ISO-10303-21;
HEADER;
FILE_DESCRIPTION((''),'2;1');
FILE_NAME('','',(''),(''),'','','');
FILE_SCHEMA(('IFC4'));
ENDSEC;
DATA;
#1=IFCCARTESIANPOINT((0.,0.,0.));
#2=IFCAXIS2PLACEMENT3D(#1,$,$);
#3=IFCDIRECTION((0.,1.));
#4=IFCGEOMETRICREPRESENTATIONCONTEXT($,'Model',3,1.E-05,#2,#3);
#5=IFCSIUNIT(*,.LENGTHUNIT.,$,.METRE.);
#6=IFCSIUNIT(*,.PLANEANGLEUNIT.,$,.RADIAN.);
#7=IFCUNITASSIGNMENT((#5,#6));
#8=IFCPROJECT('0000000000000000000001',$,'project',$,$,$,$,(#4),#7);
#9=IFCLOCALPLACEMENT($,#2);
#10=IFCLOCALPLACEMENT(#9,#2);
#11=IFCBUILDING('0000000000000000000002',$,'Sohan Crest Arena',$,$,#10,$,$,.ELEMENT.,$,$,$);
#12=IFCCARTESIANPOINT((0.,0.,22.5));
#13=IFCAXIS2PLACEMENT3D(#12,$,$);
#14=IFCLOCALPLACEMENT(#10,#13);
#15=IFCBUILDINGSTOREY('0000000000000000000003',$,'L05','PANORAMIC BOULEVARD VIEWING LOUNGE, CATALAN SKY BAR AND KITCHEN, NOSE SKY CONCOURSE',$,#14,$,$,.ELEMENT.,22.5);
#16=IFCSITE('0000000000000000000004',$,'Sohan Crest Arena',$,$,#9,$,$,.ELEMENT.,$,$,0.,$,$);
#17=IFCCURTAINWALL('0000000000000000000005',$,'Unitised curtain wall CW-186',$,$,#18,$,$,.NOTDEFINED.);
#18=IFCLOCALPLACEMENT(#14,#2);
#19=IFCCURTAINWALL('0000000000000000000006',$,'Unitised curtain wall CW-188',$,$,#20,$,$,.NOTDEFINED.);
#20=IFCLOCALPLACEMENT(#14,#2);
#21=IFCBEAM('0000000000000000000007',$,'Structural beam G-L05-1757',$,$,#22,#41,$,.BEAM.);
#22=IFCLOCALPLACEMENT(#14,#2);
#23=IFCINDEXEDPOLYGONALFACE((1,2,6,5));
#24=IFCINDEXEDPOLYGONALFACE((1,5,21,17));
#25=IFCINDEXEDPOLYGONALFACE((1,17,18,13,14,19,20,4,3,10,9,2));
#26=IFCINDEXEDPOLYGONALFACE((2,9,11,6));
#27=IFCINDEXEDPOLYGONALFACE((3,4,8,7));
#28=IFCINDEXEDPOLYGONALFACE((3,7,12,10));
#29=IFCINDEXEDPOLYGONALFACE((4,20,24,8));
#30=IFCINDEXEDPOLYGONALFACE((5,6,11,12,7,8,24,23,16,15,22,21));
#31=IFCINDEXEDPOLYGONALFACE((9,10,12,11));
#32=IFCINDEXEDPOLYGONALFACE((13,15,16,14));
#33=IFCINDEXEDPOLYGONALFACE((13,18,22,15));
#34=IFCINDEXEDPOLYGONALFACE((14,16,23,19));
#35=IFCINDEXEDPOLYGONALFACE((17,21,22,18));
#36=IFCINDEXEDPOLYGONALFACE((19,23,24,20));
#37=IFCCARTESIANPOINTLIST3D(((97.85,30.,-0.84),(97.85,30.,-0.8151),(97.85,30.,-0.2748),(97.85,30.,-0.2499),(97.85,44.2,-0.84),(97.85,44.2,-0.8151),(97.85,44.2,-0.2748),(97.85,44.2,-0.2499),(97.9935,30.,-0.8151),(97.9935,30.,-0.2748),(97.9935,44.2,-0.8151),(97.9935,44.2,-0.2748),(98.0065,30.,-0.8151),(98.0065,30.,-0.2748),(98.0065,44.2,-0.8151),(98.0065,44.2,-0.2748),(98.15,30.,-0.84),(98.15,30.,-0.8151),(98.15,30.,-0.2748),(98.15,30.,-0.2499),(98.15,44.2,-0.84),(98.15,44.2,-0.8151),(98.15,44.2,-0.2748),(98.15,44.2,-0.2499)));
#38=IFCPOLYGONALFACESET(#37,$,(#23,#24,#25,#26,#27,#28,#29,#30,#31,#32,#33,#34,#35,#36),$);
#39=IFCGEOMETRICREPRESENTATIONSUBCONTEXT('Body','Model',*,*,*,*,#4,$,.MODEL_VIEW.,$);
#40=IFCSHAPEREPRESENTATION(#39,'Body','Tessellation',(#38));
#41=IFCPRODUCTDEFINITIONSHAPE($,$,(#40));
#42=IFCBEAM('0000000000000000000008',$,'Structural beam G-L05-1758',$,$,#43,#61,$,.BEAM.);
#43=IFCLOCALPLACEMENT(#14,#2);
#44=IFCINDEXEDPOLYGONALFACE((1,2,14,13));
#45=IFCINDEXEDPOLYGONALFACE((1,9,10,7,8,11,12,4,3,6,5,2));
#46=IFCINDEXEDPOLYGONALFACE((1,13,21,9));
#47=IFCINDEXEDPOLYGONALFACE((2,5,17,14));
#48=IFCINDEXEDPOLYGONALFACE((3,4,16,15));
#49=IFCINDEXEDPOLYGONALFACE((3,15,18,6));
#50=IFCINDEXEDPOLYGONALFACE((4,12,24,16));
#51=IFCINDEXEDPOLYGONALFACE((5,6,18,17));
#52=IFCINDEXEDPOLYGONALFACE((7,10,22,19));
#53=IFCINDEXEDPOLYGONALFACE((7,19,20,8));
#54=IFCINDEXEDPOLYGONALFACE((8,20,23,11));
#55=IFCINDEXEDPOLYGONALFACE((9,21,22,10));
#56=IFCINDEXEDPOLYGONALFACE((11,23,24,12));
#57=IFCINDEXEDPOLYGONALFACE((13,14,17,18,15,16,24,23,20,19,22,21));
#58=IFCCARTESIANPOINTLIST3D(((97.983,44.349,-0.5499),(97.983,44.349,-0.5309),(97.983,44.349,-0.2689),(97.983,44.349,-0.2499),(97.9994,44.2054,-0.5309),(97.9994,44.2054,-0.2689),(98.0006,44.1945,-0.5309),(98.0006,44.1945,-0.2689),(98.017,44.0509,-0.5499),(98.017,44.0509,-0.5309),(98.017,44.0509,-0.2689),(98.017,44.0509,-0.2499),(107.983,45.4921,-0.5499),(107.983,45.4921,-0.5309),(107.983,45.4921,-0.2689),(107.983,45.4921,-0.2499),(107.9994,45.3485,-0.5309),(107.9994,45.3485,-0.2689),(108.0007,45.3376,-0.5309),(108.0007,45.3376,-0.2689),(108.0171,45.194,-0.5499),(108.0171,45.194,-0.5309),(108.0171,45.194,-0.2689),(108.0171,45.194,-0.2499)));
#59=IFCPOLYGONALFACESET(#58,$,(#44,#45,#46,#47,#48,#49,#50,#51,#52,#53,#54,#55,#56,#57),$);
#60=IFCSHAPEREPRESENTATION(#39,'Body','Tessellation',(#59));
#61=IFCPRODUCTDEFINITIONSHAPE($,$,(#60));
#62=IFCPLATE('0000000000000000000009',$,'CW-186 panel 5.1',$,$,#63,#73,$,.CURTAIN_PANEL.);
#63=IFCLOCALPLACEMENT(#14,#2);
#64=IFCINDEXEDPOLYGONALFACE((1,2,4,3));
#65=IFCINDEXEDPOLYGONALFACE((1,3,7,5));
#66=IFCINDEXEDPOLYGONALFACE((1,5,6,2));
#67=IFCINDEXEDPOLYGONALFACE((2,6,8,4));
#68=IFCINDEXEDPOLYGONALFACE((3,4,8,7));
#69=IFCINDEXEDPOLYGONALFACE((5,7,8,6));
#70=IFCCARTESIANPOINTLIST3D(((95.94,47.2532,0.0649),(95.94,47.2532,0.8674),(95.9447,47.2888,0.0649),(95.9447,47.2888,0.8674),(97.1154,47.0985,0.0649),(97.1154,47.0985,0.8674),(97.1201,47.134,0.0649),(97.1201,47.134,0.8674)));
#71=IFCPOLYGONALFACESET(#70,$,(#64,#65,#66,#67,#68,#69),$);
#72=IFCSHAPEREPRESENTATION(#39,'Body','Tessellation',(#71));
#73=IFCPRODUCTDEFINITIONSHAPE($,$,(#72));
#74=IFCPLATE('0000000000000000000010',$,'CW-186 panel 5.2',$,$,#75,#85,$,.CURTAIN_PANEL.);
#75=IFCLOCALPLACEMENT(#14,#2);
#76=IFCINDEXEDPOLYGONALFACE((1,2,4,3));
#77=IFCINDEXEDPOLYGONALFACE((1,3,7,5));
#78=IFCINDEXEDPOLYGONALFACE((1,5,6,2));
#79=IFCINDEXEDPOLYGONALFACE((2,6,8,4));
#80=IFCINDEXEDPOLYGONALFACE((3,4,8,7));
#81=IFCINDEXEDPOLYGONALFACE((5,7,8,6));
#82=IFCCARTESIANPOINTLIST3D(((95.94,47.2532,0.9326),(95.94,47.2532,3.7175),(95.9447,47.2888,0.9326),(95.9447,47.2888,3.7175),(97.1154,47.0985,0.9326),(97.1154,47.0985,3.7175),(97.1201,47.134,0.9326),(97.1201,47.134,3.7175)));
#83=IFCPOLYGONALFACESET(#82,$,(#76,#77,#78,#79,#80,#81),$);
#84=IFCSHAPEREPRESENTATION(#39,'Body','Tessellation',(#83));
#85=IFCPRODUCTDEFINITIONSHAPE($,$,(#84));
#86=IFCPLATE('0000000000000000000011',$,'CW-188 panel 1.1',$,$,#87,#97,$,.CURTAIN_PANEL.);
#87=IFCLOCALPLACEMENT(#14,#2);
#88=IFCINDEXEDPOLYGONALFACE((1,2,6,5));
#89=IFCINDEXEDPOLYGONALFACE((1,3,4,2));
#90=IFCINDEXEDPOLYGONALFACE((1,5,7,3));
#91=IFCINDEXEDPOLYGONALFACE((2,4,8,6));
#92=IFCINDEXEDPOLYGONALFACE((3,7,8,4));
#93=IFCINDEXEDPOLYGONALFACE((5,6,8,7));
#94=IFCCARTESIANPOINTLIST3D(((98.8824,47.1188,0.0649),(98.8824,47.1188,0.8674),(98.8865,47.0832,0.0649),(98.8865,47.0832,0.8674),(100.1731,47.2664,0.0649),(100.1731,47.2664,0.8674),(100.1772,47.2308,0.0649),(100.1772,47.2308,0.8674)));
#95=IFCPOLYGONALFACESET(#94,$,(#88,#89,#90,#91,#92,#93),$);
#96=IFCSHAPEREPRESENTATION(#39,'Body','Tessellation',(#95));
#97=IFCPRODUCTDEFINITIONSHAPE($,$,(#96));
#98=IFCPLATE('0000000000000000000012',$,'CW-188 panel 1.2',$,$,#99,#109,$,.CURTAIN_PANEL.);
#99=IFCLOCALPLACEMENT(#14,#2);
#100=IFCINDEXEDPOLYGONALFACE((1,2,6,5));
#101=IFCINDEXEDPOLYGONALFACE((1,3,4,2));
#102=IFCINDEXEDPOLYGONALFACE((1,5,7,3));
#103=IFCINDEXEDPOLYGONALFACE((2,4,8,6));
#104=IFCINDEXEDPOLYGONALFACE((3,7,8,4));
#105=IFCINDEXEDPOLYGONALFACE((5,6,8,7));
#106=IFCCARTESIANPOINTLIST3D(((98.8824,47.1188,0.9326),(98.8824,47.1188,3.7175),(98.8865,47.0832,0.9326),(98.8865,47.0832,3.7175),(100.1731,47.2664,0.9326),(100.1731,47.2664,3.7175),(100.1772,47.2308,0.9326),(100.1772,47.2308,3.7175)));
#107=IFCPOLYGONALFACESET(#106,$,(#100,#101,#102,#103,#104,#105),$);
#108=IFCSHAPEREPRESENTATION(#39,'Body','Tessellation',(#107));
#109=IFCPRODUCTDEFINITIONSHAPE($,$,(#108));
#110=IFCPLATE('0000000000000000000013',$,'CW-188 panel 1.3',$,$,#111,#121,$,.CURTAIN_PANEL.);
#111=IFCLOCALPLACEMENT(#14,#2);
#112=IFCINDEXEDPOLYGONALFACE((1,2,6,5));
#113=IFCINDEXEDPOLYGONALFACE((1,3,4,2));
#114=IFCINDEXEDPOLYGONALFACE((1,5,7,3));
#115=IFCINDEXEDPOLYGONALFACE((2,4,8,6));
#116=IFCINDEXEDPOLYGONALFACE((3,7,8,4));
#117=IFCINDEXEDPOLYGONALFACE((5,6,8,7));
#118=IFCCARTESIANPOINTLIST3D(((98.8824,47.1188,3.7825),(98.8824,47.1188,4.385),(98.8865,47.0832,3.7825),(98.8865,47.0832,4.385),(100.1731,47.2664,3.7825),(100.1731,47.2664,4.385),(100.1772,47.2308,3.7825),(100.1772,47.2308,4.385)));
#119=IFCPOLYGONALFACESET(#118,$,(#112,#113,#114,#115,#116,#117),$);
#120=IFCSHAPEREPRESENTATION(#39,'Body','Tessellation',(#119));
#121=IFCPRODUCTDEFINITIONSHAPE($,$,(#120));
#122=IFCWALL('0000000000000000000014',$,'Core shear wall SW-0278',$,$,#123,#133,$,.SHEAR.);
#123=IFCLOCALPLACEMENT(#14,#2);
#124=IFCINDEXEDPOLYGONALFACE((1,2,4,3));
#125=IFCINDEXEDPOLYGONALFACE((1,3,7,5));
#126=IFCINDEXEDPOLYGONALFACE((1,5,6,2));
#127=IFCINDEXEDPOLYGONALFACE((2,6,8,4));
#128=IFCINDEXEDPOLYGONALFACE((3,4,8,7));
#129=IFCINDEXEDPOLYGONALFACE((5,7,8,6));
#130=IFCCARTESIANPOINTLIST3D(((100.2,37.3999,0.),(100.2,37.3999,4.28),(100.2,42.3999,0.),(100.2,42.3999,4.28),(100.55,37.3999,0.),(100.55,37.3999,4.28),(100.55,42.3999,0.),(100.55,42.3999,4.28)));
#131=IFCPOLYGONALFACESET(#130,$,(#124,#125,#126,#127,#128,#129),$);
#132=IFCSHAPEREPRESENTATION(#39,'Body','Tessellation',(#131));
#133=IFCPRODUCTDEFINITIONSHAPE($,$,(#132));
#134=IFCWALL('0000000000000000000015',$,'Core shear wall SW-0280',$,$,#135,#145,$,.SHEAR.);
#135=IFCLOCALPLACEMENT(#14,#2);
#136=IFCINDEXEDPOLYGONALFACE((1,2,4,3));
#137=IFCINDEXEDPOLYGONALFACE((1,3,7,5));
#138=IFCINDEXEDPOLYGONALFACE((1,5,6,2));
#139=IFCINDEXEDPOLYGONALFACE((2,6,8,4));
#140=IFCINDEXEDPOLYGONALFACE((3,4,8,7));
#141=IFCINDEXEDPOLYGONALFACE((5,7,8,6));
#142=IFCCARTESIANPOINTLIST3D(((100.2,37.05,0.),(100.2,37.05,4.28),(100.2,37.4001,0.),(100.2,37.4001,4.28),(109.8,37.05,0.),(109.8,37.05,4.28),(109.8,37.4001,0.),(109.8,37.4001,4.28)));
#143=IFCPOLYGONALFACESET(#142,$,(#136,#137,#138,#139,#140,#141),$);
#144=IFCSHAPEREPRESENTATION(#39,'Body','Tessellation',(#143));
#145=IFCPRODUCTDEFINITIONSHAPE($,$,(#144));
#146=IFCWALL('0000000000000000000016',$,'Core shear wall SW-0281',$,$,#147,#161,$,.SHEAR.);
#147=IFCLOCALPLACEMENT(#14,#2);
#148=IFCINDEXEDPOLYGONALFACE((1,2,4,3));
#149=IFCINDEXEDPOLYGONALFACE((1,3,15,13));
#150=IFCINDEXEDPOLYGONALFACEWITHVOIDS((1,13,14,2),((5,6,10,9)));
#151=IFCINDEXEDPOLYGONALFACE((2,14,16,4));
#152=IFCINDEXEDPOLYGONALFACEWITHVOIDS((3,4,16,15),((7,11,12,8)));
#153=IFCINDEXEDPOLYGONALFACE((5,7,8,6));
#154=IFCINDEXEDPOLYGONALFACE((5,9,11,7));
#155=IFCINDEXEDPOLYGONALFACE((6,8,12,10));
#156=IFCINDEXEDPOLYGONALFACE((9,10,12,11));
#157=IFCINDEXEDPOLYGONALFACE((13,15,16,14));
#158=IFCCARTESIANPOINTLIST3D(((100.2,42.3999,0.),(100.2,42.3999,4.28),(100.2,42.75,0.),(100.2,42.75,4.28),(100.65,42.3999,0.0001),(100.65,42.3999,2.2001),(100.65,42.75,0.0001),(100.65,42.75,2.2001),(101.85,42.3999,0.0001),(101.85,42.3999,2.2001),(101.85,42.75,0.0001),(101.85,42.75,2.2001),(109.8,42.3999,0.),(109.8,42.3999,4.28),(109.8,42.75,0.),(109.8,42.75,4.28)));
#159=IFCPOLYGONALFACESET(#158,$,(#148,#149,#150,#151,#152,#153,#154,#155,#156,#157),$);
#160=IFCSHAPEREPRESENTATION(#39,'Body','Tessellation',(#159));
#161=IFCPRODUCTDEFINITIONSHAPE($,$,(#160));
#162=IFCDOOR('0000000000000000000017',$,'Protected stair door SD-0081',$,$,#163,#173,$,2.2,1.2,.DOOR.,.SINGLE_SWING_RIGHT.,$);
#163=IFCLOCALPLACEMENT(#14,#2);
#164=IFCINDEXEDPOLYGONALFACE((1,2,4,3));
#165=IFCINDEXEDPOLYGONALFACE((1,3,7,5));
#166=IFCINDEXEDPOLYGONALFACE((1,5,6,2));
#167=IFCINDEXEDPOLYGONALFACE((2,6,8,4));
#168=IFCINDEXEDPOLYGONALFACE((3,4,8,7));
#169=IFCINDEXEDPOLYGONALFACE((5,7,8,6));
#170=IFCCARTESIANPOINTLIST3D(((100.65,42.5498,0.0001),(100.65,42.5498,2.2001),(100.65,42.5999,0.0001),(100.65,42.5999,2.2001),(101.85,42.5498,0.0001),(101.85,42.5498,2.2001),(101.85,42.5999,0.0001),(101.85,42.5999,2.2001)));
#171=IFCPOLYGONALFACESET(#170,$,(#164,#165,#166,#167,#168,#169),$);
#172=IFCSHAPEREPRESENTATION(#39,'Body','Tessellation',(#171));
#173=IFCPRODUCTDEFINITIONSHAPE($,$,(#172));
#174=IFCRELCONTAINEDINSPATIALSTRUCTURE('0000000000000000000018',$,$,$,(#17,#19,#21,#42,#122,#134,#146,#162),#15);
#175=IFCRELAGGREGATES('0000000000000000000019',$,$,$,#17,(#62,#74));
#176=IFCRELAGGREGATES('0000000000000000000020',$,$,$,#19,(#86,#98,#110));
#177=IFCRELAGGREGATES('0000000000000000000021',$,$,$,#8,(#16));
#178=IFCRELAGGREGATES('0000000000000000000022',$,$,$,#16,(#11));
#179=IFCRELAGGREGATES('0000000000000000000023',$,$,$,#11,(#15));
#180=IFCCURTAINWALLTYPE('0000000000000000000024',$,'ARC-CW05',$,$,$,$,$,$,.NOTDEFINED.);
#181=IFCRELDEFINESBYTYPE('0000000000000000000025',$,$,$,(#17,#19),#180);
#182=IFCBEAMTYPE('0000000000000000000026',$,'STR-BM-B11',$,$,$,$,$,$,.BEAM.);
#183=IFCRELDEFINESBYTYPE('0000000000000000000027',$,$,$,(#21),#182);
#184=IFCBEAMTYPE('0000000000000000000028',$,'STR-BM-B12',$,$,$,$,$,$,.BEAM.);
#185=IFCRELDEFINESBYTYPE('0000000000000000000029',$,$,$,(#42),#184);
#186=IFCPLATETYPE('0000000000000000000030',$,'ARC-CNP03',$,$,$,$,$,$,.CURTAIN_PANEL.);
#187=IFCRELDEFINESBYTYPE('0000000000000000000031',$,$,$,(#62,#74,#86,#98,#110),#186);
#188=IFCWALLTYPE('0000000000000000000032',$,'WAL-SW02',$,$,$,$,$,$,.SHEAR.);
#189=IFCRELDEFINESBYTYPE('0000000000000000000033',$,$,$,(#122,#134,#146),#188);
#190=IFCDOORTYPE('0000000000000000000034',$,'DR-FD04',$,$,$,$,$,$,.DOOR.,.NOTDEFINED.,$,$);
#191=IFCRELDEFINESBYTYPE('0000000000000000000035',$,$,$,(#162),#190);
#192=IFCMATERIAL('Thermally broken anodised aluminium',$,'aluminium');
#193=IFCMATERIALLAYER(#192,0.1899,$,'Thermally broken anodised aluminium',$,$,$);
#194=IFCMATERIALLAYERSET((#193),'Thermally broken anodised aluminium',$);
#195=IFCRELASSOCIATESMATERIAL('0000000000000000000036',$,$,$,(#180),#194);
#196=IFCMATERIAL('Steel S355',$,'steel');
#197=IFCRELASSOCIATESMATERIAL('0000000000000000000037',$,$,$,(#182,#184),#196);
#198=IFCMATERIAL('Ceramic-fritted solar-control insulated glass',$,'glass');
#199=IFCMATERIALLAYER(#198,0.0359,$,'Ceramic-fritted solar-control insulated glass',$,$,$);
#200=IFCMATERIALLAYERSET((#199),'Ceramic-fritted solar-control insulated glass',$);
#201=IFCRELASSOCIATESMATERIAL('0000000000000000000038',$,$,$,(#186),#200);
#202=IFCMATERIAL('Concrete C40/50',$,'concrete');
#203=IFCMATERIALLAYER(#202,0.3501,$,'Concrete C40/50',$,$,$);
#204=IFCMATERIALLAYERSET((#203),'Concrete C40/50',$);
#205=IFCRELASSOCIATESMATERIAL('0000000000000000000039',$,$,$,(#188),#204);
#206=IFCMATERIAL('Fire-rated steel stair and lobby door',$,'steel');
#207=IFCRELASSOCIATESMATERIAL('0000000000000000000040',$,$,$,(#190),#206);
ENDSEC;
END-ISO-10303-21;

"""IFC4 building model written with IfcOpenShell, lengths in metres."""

from ifc_helpers import new_model, si_unit, direction, frame, frame_2d, origin, origin_2d, place, context, subcontext, project, spatial, rectangle, i_section, extrude, material, layer, layer_set, material_profile, profile_set, type_object, element, fill, aggregate, save


model = new_model("IFC4")

# Units and contexts
model_context = context("Model", 3, precision=1e-05, world=origin(), true_north=direction((0.0, 1.0)))
body_context = subcontext(model_context, "Body", "Model", "MODEL_VIEW")
ifc_project = project(units=[si_unit("LENGTHUNIT", "METRE"), si_unit("PLANEANGLEUNIT", "RADIAN")], contexts=[model_context])

# Site, building, storey
site_placement = place(None, origin())
site = spatial("IfcSite", under=ifc_project, at=site_placement, Name="Sohan Crest Arena", CompositionType="ELEMENT", RefElevation=0.0)
building_placement = place(site_placement, origin())
building = spatial("IfcBuilding", under=site, at=building_placement, Name="Sohan Crest Arena", CompositionType="ELEMENT")
storey_placement = place(building_placement, frame((0.0, 0.0, 22.5)))
storey = spatial("IfcBuildingStorey", under=building, at=storey_placement, Name="L05", Description="PANORAMIC BOULEVARD VIEWING LOUNGE, CATALAN SKY BAR AND KITCHEN, NOSE SKY CONCOURSE", CompositionType="ELEMENT", Elevation=22.5)

# Shared definitions
ifc_material_1 = material(Name="Concrete C40/50", Category="concrete")
ifc_material_2 = material(Name="Steel S355", Category="steel")

# Curtain wall
ifc_material_3 = material(Name="Thermally broken anodised aluminium", Category="aluminium")
ifc_layer_1 = layer(ifc_material_3, 0.1899, Name="Thermally broken anodised aluminium")
ifc_layer_set_1 = layer_set([ifc_layer_1], Name="Thermally broken anodised aluminium")
curtain_wall_type = type_object("IfcCurtainWallType", Name="ARC-CW05", PredefinedType="NOTDEFINED", material=ifc_layer_set_1)
curtain_wall_1_placement = place(storey_placement, origin())
curtain_wall_1 = element("IfcCurtainWall", 1, at=curtain_wall_1_placement, inside=storey, type_object=curtain_wall_type, Name="Unitised curtain wall CW-186", PredefinedType="NOTDEFINED")

# Curtain wall
curtain_wall_2_placement = place(storey_placement, origin())
curtain_wall_2 = element("IfcCurtainWall", 2, at=curtain_wall_2_placement, inside=storey, type_object=curtain_wall_type, Name="Unitised curtain wall CW-188", PredefinedType="NOTDEFINED")

# Beams
ifc_material_profile_1 = material_profile(ifc_material_2, i_section(OverallWidth=0.3, OverallDepth=0.5901, WebThickness=0.0129, FlangeThickness=0.0249, at=origin_2d()), Name="HEA 600")
ifc_profile_set_1 = profile_set([ifc_material_profile_1], Name="Steel S355")
beam_type_1 = type_object("IfcBeamType", Name="STR-BM-B11", PredefinedType="BEAM", material=ifc_profile_set_1)
beam_1_placement = place(storey_placement, frame((98.0, 44.2, -0.5449), z_axis=(0.0, -1.0, 0.0), x_axis=(1.0, 0.0, 0.0)))
element("IfcBeam", 3, at=beam_1_placement, inside=storey, type_object=beam_type_1, Name="Structural beam G-L05-1757", PredefinedType="BEAM", context=body_context, shape_type="SweptSolid", body=[
    extrude(i_section(OverallWidth=0.3, OverallDepth=0.5901, WebThickness=0.0129, FlangeThickness=0.0249, at=origin_2d()), origin(), (0.0, 0.0, 1.0), 14.2),
])
ifc_material_profile_2 = material_profile(ifc_material_2, i_section(OverallWidth=0.3, OverallDepth=0.3, WebThickness=0.011, FlangeThickness=0.019, at=origin_2d()), Name="HEB 300")
ifc_profile_set_2 = profile_set([ifc_material_profile_2], Name="Steel S355")
beam_type_2 = type_object("IfcBeamType", Name="STR-BM-B12", PredefinedType="BEAM", material=ifc_profile_set_2)
beam_2_placement = place(storey_placement, frame((98.0, 44.2, -0.3999), z_axis=(0.99353, 0.113567, 0.0), x_axis=(-0.113567, 0.99353, 0.0)))
element("IfcBeam", 4, at=beam_2_placement, inside=storey, type_object=beam_type_2, Name="Structural beam G-L05-1758", PredefinedType="BEAM", context=body_context, shape_type="SweptSolid", body=[
    extrude(i_section(OverallWidth=0.3, OverallDepth=0.3, WebThickness=0.011, FlangeThickness=0.019, at=origin_2d()), origin(), (0.0, 0.0, 1.0), 10.0652),
])

# Plates
ifc_material_4 = material(Name="Ceramic-fritted solar-control insulated glass", Category="glass")
ifc_layer_2 = layer(ifc_material_4, 0.0359, Name="Ceramic-fritted solar-control insulated glass")
ifc_layer_set_2 = layer_set([ifc_layer_2], Name="Ceramic-fritted solar-control insulated glass")
plate_type = type_object("IfcPlateType", Name="ARC-CNP03", PredefinedType="CURTAIN_PANEL", material=ifc_layer_set_2)
plate_1_placement = place(storey_placement, frame((96.53, 47.1936, 0.0649), z_axis=(0.0, 0.0, 1.0), x_axis=(0.991448, -0.130499, 0.0)))
plate_1 = element("IfcPlate", 5, at=plate_1_placement, type_object=plate_type, Name="CW-186 panel 5.1", PredefinedType="CURTAIN_PANEL", context=body_context, shape_type="SweptSolid", body=[
    extrude(rectangle(XDim=1.1855, YDim=0.0359, at=origin_2d()), origin(), (0.0, 0.0, 1.0), 0.8025),
])
plate_2_placement = place(storey_placement, frame((96.53, 47.1936, 0.9326), z_axis=(0.0, 0.0, 1.0), x_axis=(0.991448, -0.130499, 0.0)))
plate_2 = element("IfcPlate", 6, at=plate_2_placement, type_object=plate_type, Name="CW-186 panel 5.2", PredefinedType="CURTAIN_PANEL", context=body_context, shape_type="SweptSolid", body=[
    extrude(rectangle(XDim=1.1855, YDim=0.0359, at=origin_2d()), origin(), (0.0, 0.0, 1.0), 2.7849),
])
aggregate(curtain_wall_1, [plate_1, plate_2])
plate_3_placement = place(storey_placement, frame((99.5298, 47.1748, 0.0649), z_axis=(0.0, 0.0, 1.0), x_axis=(0.993527, 0.113597, 0.0)))
plate_3 = element("IfcPlate", 7, at=plate_3_placement, type_object=plate_type, Name="CW-188 panel 1.1", PredefinedType="CURTAIN_PANEL", context=body_context, shape_type="SweptSolid", body=[
    extrude(rectangle(XDim=1.2991, YDim=0.0359, at=origin_2d()), origin(), (0.0, 0.0, 1.0), 0.8025),
])
plate_4_placement = place(storey_placement, frame((99.5298, 47.1748, 0.9326), z_axis=(0.0, 0.0, 1.0), x_axis=(0.993527, 0.113597, 0.0)))
plate_4 = element("IfcPlate", 8, at=plate_4_placement, type_object=plate_type, Name="CW-188 panel 1.2", PredefinedType="CURTAIN_PANEL", context=body_context, shape_type="SweptSolid", body=[
    extrude(rectangle(XDim=1.2991, YDim=0.0359, at=origin_2d()), origin(), (0.0, 0.0, 1.0), 2.7849),
])
plate_5_placement = place(storey_placement, frame((99.5298, 47.1748, 3.7825), z_axis=(0.0, 0.0, 1.0), x_axis=(0.993527, 0.113597, 0.0)))
plate_5 = element("IfcPlate", 9, at=plate_5_placement, type_object=plate_type, Name="CW-188 panel 1.3", PredefinedType="CURTAIN_PANEL", context=body_context, shape_type="SweptSolid", body=[
    extrude(rectangle(XDim=1.2991, YDim=0.0359, at=origin_2d()), origin(), (0.0, 0.0, 1.0), 0.6025),
])
aggregate(curtain_wall_2, [plate_3, plate_4, plate_5])

# Walls
ifc_layer_3 = layer(ifc_material_1, 0.3501, Name="Concrete C40/50")
ifc_layer_set_3 = layer_set([ifc_layer_3], Name="Concrete C40/50")
wall_type = type_object("IfcWallType", Name="WAL-SW02", PredefinedType="SHEAR", material=ifc_layer_set_3)
wall_1_placement = place(storey_placement, frame((100.375, 37.3999, 0.0), z_axis=(0.0, 0.0, 1.0), x_axis=(0.0, 1.0, 0.0)))
element("IfcWall", 10, at=wall_1_placement, inside=storey, type_object=wall_type, Name="Core shear wall SW-0278", PredefinedType="SHEAR", context=body_context, shape_type="SweptSolid", body=[
    extrude(rectangle(XDim=5.0, YDim=0.3501, at=frame_2d((2.5, 0.0))), origin(), (0.0, 0.0, 1.0), 4.28),
])
wall_2_placement = place(storey_placement, frame((100.2, 37.2251, 0.0), z_axis=(0.0, 0.0, 1.0), x_axis=(1.0, 0.0, 0.0)))
element("IfcWall", 11, at=wall_2_placement, inside=storey, type_object=wall_type, Name="Core shear wall SW-0280", PredefinedType="SHEAR", context=body_context, shape_type="SweptSolid", body=[
    extrude(rectangle(XDim=9.6001, YDim=0.3501, at=frame_2d((4.8, 0.0))), origin(), (0.0, 0.0, 1.0), 4.28),
])

# Wall, opening, door
wall_3_placement = place(storey_placement, frame((100.2, 42.575, 0.0), z_axis=(0.0, 0.0, 1.0), x_axis=(1.0, 0.0, 0.0)))
wall_3 = element("IfcWall", 12, at=wall_3_placement, inside=storey, type_object=wall_type, Name="Core shear wall SW-0281", PredefinedType="SHEAR", context=body_context, shape_type="SweptSolid", body=[
    extrude(rectangle(XDim=9.6001, YDim=0.3501, at=frame_2d((4.8, 0.0))), origin(), (0.0, 0.0, 1.0), 4.28),
])
opening_placement = place(wall_3_placement, frame((0.45, 0.0, 0.0)))
opening = element("IfcOpeningElement", 13, at=opening_placement, cuts=wall_3, PredefinedType="OPENING", context=body_context, shape_type="SweptSolid", body=[
    extrude(rectangle(XDim=1.2, YDim=2.2, at=frame_2d((0.6001, 1.1001))), frame((0.0, 0.1851, 0.0), z_axis=(0.0, -1.0, 0.0), x_axis=(1.0, 0.0, 0.0)), (0.0, 0.0, 1.0), 0.3701),
])
ifc_material_5 = material(Name="Fire-rated steel stair and lobby door", Category="steel")
door_type = type_object("IfcDoorType", Name="DR-FD04", OperationType="NOTDEFINED", PredefinedType="DOOR", material=ifc_material_5)
door_placement = place(opening_placement, origin())
door = element("IfcDoor", 14, at=door_placement, inside=storey, type_object=door_type, Name="Protected stair door SD-0081", OperationType="SINGLE_SWING_RIGHT", OverallHeight=2.2, OverallWidth=1.2, PredefinedType="DOOR", context=body_context, shape_type="SweptSolid", body=[
    extrude(rectangle(XDim=1.2, YDim=2.2, at=frame_2d((0.6001, 1.1001))), frame((0.0, 0.0249, 0.0), z_axis=(0.0, -1.0, 0.0), x_axis=(1.0, 0.0, 0.0)), (0.0, 0.0, 1.0), 0.05),
])
fill(opening, door)

save(model, "model.ifc")
